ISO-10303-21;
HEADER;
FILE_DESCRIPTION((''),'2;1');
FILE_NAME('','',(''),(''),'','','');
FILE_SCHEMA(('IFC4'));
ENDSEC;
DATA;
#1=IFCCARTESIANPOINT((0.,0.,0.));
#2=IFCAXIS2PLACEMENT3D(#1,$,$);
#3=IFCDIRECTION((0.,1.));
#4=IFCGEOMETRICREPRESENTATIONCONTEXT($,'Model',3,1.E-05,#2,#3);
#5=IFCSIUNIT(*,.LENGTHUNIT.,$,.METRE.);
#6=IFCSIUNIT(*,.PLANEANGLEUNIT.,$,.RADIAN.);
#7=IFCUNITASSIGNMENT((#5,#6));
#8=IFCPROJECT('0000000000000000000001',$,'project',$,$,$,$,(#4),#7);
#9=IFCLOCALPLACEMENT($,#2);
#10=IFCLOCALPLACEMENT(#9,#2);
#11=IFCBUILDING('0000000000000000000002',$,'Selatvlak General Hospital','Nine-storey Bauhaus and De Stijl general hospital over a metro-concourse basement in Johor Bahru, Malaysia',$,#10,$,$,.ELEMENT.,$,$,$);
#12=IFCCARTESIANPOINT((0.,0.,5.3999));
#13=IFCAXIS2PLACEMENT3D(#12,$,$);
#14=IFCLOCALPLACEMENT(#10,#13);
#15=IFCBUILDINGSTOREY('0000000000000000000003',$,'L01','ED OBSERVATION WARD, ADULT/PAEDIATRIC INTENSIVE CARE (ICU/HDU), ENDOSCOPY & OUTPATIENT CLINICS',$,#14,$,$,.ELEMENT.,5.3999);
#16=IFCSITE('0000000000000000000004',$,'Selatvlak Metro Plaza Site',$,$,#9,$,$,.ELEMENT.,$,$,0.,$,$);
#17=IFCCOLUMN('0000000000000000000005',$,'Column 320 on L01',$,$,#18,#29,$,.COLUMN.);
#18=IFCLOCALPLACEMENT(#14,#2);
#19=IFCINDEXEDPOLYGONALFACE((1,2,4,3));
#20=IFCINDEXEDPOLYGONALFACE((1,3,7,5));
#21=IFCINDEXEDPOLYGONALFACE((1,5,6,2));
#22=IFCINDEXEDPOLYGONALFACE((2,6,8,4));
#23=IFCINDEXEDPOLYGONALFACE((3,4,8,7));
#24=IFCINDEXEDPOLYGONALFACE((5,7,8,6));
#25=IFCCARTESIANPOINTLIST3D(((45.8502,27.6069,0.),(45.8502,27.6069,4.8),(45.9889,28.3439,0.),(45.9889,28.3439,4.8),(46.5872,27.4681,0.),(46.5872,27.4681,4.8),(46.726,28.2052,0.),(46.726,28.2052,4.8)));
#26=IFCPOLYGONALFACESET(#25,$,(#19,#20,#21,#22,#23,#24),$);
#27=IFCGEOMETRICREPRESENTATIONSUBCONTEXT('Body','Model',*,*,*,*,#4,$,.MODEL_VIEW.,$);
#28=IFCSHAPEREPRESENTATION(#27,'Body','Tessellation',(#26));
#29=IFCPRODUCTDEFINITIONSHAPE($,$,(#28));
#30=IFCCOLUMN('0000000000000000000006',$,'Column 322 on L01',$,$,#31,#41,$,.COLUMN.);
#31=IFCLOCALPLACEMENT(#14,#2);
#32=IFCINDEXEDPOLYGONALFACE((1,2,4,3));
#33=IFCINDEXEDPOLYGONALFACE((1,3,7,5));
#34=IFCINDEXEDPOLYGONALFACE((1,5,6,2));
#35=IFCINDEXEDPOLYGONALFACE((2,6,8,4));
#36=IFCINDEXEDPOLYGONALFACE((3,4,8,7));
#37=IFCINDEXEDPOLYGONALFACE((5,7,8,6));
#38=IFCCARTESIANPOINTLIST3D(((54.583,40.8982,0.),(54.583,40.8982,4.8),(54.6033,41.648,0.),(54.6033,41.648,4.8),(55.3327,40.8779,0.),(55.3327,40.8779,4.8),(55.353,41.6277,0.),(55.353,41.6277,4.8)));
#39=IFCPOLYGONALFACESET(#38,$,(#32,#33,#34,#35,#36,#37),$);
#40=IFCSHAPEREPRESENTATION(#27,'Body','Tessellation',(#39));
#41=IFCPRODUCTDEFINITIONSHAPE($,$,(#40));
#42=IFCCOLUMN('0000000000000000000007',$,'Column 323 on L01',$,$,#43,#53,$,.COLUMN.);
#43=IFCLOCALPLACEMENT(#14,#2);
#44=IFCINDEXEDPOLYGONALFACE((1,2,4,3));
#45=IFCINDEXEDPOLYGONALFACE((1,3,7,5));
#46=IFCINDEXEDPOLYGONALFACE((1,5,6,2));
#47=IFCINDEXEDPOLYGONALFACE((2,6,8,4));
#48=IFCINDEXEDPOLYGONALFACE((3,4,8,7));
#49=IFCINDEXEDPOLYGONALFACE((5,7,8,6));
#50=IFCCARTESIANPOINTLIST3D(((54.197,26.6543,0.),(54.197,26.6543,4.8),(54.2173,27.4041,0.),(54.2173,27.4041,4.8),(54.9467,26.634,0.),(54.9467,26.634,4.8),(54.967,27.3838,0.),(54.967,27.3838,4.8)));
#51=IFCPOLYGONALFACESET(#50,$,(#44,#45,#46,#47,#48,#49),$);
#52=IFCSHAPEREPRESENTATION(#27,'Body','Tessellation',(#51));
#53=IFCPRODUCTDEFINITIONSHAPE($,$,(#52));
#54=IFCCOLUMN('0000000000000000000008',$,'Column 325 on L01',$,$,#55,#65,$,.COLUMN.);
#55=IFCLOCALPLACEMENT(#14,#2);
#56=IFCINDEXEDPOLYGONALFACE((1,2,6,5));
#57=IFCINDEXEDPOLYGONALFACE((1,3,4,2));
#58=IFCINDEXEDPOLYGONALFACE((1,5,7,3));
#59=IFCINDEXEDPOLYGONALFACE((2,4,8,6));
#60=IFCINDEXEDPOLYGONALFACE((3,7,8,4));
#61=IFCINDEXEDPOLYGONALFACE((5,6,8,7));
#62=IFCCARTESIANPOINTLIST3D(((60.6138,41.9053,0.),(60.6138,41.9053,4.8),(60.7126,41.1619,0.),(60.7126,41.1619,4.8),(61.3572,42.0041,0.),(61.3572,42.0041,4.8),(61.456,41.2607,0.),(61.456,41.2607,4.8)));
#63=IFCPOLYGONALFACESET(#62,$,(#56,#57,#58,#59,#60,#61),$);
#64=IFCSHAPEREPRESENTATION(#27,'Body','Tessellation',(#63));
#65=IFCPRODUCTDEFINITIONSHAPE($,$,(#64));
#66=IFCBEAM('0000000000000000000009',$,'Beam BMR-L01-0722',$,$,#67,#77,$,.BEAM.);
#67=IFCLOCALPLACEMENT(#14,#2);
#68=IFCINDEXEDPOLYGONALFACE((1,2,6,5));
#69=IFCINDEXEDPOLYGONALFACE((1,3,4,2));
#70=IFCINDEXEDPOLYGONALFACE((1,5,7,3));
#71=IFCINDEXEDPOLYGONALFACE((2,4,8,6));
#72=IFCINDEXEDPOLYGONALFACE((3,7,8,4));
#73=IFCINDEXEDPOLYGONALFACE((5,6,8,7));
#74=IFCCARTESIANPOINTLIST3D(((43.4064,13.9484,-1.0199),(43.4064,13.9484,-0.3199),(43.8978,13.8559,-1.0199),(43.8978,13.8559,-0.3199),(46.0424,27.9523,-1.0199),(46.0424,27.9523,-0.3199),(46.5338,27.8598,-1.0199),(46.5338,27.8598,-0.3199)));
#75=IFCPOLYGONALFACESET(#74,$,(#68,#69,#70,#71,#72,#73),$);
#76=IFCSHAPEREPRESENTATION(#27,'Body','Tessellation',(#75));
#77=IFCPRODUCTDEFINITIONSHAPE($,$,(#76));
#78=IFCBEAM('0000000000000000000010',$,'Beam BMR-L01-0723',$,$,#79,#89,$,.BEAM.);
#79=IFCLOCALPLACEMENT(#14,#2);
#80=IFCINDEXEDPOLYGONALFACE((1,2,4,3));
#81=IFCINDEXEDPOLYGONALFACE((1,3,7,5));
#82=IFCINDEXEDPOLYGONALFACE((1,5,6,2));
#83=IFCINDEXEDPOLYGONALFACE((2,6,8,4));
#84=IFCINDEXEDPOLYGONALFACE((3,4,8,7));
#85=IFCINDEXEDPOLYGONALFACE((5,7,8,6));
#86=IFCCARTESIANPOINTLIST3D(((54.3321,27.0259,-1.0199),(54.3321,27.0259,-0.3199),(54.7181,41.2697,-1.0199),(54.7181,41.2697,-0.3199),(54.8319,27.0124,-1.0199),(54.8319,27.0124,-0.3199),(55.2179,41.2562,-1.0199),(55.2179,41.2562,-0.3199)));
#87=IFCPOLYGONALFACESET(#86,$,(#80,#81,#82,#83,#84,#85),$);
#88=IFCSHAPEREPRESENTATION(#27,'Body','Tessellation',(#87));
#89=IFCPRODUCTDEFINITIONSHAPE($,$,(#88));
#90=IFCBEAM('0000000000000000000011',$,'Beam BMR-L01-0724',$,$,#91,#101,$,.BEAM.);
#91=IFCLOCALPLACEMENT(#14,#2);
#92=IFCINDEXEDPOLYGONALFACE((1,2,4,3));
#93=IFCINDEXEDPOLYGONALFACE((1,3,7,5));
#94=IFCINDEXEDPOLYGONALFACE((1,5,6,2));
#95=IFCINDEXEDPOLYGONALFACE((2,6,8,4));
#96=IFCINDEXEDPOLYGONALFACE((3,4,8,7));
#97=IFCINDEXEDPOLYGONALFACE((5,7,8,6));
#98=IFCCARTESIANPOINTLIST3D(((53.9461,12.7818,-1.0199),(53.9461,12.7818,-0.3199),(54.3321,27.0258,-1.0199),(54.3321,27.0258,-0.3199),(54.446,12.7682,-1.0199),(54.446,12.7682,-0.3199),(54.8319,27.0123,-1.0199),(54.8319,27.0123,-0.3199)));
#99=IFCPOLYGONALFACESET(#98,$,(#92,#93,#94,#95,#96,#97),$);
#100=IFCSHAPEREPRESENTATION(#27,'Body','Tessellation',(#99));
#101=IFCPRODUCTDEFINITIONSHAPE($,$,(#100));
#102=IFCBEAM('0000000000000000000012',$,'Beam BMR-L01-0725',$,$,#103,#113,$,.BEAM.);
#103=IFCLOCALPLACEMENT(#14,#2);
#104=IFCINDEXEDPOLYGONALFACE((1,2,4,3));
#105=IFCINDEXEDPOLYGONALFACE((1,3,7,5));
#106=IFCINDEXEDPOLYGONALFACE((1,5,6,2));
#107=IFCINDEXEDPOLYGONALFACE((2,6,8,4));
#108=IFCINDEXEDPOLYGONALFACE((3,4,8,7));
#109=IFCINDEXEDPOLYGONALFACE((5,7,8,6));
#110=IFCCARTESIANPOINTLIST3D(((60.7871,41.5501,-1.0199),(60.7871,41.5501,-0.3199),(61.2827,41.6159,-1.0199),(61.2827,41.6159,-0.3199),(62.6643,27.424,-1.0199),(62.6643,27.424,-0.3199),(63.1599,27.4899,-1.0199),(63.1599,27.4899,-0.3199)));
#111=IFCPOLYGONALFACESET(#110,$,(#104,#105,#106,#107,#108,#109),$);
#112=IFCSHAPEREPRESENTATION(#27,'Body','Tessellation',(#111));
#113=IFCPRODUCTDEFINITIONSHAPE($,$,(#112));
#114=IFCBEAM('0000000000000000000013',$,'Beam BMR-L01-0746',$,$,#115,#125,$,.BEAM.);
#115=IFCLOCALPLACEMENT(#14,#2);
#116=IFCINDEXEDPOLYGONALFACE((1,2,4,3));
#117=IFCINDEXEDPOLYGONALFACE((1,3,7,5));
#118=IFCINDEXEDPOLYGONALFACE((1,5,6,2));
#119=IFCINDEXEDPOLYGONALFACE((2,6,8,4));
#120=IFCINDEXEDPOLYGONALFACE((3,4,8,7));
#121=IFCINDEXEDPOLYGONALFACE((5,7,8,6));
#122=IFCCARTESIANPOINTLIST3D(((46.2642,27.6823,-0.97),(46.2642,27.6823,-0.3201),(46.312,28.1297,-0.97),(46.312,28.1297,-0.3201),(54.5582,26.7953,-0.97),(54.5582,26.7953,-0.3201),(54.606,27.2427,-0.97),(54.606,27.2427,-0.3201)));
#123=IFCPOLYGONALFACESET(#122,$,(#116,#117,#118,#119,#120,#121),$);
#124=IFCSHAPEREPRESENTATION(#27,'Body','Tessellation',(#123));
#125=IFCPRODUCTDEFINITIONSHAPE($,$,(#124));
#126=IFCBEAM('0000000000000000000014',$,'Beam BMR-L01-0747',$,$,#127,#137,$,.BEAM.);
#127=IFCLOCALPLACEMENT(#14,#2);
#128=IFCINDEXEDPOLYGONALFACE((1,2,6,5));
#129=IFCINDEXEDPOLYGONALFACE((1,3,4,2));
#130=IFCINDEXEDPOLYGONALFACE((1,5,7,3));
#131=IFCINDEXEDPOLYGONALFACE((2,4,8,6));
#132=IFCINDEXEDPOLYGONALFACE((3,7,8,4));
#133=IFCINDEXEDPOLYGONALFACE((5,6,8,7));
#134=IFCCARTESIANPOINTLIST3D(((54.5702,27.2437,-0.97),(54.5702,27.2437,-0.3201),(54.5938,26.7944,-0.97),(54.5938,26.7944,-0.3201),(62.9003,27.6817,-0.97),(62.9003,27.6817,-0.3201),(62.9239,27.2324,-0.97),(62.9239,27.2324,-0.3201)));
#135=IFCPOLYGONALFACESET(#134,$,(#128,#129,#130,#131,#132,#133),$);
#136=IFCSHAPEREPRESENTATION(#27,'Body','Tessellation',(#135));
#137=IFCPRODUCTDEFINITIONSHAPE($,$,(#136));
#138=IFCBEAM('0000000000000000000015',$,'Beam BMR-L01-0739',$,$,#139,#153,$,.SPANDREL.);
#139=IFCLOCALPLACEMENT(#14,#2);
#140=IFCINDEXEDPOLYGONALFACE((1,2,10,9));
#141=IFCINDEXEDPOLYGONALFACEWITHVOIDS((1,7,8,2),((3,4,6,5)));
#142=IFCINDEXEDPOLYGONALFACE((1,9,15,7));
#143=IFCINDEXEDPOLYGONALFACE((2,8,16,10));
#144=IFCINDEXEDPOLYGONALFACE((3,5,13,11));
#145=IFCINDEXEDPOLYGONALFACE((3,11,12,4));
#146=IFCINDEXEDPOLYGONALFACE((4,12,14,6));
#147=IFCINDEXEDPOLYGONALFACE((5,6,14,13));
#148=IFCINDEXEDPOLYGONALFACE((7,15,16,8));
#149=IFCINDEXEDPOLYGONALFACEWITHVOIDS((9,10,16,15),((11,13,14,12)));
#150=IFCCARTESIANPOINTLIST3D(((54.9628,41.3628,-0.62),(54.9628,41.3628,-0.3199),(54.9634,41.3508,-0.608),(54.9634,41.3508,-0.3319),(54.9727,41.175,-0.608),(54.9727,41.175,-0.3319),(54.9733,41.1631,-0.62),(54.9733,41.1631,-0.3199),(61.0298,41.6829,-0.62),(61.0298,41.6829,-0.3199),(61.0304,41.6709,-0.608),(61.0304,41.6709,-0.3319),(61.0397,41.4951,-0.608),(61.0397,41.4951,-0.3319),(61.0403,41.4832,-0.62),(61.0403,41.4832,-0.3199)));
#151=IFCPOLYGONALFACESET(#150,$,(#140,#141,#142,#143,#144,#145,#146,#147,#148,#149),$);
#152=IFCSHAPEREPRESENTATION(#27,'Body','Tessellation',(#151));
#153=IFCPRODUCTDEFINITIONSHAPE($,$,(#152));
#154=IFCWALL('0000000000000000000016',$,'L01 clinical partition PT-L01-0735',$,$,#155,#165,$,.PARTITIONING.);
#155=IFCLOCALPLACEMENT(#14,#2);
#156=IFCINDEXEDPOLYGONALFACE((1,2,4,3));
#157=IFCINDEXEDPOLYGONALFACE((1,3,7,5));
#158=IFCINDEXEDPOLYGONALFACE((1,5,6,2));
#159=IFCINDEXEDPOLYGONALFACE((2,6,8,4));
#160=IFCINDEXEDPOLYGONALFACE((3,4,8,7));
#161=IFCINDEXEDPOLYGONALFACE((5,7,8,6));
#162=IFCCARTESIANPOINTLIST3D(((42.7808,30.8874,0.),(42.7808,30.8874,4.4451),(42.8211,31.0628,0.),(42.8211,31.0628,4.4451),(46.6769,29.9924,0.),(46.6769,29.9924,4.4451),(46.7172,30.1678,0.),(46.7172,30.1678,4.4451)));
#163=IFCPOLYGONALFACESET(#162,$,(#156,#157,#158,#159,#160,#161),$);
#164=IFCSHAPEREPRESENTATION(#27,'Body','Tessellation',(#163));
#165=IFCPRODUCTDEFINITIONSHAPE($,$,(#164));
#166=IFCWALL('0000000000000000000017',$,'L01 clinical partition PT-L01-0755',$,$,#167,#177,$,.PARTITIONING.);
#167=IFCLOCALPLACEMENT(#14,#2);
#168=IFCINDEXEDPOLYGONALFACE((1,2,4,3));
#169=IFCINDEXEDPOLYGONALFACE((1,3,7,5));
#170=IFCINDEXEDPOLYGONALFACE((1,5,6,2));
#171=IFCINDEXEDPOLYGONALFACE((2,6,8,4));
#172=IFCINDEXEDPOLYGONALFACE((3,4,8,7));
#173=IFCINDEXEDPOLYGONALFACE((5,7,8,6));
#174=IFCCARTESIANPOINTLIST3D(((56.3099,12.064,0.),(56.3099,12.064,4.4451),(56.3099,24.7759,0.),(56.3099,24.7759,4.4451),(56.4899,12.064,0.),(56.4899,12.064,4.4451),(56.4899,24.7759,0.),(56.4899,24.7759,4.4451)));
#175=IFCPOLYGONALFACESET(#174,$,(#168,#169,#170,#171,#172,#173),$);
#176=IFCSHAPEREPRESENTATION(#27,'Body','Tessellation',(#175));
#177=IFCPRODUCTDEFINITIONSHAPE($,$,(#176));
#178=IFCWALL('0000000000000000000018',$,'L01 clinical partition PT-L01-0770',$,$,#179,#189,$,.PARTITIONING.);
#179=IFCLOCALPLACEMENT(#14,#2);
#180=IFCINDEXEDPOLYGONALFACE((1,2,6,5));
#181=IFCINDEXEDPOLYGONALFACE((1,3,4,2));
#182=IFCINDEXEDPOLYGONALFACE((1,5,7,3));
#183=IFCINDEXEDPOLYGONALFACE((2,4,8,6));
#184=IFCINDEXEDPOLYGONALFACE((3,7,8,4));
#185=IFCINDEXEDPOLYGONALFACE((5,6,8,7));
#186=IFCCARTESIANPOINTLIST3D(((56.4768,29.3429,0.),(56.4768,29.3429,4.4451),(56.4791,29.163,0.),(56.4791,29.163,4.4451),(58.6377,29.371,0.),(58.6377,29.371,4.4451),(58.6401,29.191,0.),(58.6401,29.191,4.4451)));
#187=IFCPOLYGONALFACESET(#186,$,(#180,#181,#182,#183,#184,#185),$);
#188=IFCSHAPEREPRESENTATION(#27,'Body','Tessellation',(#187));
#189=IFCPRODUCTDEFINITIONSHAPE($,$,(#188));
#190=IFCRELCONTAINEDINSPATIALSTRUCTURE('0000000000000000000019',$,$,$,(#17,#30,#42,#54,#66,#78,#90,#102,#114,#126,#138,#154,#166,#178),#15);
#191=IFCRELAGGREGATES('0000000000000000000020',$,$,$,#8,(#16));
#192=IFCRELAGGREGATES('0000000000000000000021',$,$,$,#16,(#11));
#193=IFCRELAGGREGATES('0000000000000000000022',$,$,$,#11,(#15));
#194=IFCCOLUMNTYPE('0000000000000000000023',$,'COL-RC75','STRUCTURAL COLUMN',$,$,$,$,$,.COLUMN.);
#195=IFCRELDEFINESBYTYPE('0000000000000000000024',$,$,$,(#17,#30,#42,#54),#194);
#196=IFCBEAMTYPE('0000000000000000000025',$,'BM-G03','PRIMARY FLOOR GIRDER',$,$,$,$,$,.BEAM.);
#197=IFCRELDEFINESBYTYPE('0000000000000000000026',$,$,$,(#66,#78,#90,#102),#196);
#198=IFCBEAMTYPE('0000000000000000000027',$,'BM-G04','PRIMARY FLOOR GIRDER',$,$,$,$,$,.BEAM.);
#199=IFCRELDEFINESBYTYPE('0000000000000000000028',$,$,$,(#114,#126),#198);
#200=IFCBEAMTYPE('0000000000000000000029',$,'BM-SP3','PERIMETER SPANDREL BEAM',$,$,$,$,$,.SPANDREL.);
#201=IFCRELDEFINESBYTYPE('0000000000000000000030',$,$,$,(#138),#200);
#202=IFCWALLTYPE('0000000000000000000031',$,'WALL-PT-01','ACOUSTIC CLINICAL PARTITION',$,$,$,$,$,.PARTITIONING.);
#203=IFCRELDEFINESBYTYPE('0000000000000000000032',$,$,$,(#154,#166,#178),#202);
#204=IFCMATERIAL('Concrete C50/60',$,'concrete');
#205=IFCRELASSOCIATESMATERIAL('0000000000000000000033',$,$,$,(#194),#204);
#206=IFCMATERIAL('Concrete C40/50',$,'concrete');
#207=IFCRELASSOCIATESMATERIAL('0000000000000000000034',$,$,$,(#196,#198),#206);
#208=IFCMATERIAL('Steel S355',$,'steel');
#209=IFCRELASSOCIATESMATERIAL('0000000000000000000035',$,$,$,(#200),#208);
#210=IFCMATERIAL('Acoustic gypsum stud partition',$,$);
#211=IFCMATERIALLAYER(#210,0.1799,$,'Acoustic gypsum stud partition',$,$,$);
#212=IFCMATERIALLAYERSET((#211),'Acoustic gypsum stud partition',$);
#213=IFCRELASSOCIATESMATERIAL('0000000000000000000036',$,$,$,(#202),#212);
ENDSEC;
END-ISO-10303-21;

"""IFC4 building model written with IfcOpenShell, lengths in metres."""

from ifc_helpers import new_model, si_unit, direction, frame, frame_2d, origin, origin_2d, place, context, subcontext, project, spatial, rectangle, hollow_rectangle, extrude, material, layer, layer_set, material_profile, profile_set, type_object, element, save


model = new_model("IFC4")

# Units and contexts
model_context = context("Model", 3, precision=1e-05, world=origin(), true_north=direction((0.0, 1.0)))
body_context = subcontext(model_context, "Body", "Model", "MODEL_VIEW")
ifc_project = project(units=[si_unit("LENGTHUNIT", "METRE"), si_unit("PLANEANGLEUNIT", "RADIAN")], contexts=[model_context])

# Site, building, storey
site_placement = place(None, origin())
site = spatial("IfcSite", under=ifc_project, at=site_placement, Name="Selatvlak Metro Plaza Site", CompositionType="ELEMENT", RefElevation=0.0)
building_placement = place(site_placement, origin())
building = spatial("IfcBuilding", under=site, at=building_placement, Name="Selatvlak General Hospital", Description="Nine-storey Bauhaus and De Stijl general hospital over a metro-concourse basement in Johor Bahru, Malaysia", CompositionType="ELEMENT")
storey_placement = place(building_placement, frame((0.0, 0.0, 5.3999)))
storey = spatial("IfcBuildingStorey", under=building, at=storey_placement, Name="L01", Description="ED OBSERVATION WARD, ADULT/PAEDIATRIC INTENSIVE CARE (ICU/HDU), ENDOSCOPY & OUTPATIENT CLINICS", CompositionType="ELEMENT", Elevation=5.3999)

# Columns
ifc_material_1 = material(Name="Concrete C50/60", Category="concrete")
ifc_material_profile_1 = material_profile(ifc_material_1, rectangle(XDim=0.75, YDim=0.75, at=origin_2d()), Name="RC-COL 750x750")
ifc_profile_set_1 = profile_set([ifc_material_profile_1], Name="Concrete C50/60")
column_type = type_object("IfcColumnType", Name="COL-RC75", Description="STRUCTURAL COLUMN", PredefinedType="COLUMN", material=ifc_profile_set_1)
for number, where, z_axis, x_axis, name in (
    (1, (46.2881, 27.906, 0.0), (0.0, 0.0, 1.0), (0.184998, 0.982739, 0.0), "Column 320 on L01"),
    (2, (54.968, 41.2629, 0.0), (0.0, 0.0, 1.0), (0.027067, 0.999634, 0.0), "Column 322 on L01"),
    (3, (54.582, 27.019, 0.0), (0.0, 0.0, 1.0), (0.027067, 0.999634, 0.0), "Column 323 on L01"),
    (4, (61.0349, 41.583, 0.0), (0.0, 0.0, 1.0), (-0.131737, 0.991285, 0.0), "Column 325 on L01"),
):
    element("IfcColumn", number, at=place(storey_placement, frame(where, z_axis=z_axis, x_axis=x_axis)), inside=storey, type_object=column_type, Name=name, PredefinedType="COLUMN", context=body_context, shape_type="SweptSolid", body=[
        extrude(rectangle(XDim=0.75, YDim=0.75, at=origin_2d()), origin(), (0.0, 0.0, 1.0), 4.8),
    ])

# Beams
ifc_material_2 = material(Name="Concrete C40/50", Category="concrete")
ifc_material_profile_2 = material_profile(ifc_material_2, rectangle(XDim=0.5, YDim=0.7, at=origin_2d()), Name="RC-BM 500x700")
ifc_profile_set_2 = profile_set([ifc_material_profile_2], Name="Concrete C40/50")
beam_type_1 = type_object("IfcBeamType", Name="BM-G03", Description="PRIMARY FLOOR GIRDER", PredefinedType="BEAM", material=ifc_profile_set_2)
beam_1_placement = place(storey_placement, frame((46.2881, 27.906, -0.6699), z_axis=(-0.184984, -0.982742, 0.0), x_axis=(0.982742, -0.184984, 0.0)))
element("IfcBeam", 5, at=beam_1_placement, inside=storey, type_object=beam_type_1, Name="Beam BMR-L01-0722", PredefinedType="BEAM", context=body_context, shape_type="SweptSolid", body=[
    extrude(rectangle(XDim=0.5, YDim=0.7, at=origin_2d()), origin(), (0.0, 0.0, 1.0), 14.2498),
])
beam_2_placement = place(storey_placement, frame((54.968, 41.2629, -0.6699), z_axis=(-0.027088, -0.999633, 0.0), x_axis=(0.999633, -0.027088, 0.0)))
element("IfcBeam", 6, at=beam_2_placement, inside=storey, type_object=beam_type_1, Name="Beam BMR-L01-0723", PredefinedType="BEAM", context=body_context, shape_type="SweptSolid", body=[
    extrude(rectangle(XDim=0.5, YDim=0.7, at=origin_2d()), origin(), (0.0, 0.0, 1.0), 14.249),
])
beam_3_placement = place(storey_placement, frame((54.582, 27.019, -0.6699), z_axis=(-0.027088, -0.999633, 0.0), x_axis=(0.999633, -0.027088, 0.0)))
element("IfcBeam", 7, at=beam_3_placement, inside=storey, type_object=beam_type_1, Name="Beam BMR-L01-0724", PredefinedType="BEAM", context=body_context, shape_type="SweptSolid", body=[
    extrude(rectangle(XDim=0.5, YDim=0.7, at=origin_2d()), origin(), (0.0, 0.0, 1.0), 14.2493),
])
beam_4_placement = place(storey_placement, frame((61.0349, 41.583, -0.6699), z_axis=(0.131732, -0.991285, 0.0), x_axis=(0.991285, 0.131732, 0.0)))
element("IfcBeam", 8, at=beam_4_placement, inside=storey, type_object=beam_type_1, Name="Beam BMR-L01-0725", PredefinedType="BEAM", context=body_context, shape_type="SweptSolid", body=[
    extrude(rectangle(XDim=0.5, YDim=0.7, at=origin_2d()), origin(), (0.0, 0.0, 1.0), 14.2502),
])
ifc_material_profile_3 = material_profile(ifc_material_2, rectangle(XDim=0.45, YDim=0.6499, at=origin_2d()), Name="RC-BM 450x650")
ifc_profile_set_3 = profile_set([ifc_material_profile_3], Name="Concrete C40/50")
beam_type_2 = type_object("IfcBeamType", Name="BM-G04", Description="PRIMARY FLOOR GIRDER", PredefinedType="BEAM", material=ifc_profile_set_3)
beam_5_placement = place(storey_placement, frame((46.2881, 27.906, -0.645), z_axis=(0.99433, -0.106335, 0.0), x_axis=(0.106335, 0.99433, 0.0)))
element("IfcBeam", 9, at=beam_5_placement, inside=storey, type_object=beam_type_2, Name="Beam BMR-L01-0746", PredefinedType="BEAM", context=body_context, shape_type="SweptSolid", body=[
    extrude(rectangle(XDim=0.45, YDim=0.6499, at=origin_2d()), origin(), (0.0, 0.0, 1.0), 8.3413),
])
beam_6_placement = place(storey_placement, frame((54.582, 27.019, -0.645), z_axis=(0.998621, 0.052507, 0.0), x_axis=(-0.052507, 0.998621, 0.0)))
element("IfcBeam", 10, at=beam_6_placement, inside=storey, type_object=beam_type_2, Name="Beam BMR-L01-0747", PredefinedType="BEAM", context=body_context, shape_type="SweptSolid", body=[
    extrude(rectangle(XDim=0.45, YDim=0.6499, at=origin_2d()), origin(), (0.0, 0.0, 1.0), 8.3416),
])
ifc_material_3 = material(Name="Steel S355", Category="steel")
ifc_material_profile_4 = material_profile(ifc_material_3, hollow_rectangle(XDim=0.2, YDim=0.3, WallThickness=0.012, at=origin_2d()), Name="RHS 300x200x12")
ifc_profile_set_4 = profile_set([ifc_material_profile_4], Name="Steel S355")
beam_type_3 = type_object("IfcBeamType", Name="BM-SP3", Description="PERIMETER SPANDREL BEAM", PredefinedType="SPANDREL", material=ifc_profile_set_4)
beam_7_placement = place(storey_placement, frame((54.968, 41.2629, -0.47), z_axis=(0.998611, 0.052683, 0.0), x_axis=(-0.052683, 0.998611, 0.0)))
element("IfcBeam", 11, at=beam_7_placement, inside=storey, type_object=beam_type_3, Name="Beam BMR-L01-0739", PredefinedType="SPANDREL", context=body_context, shape_type="SweptSolid", body=[
    extrude(hollow_rectangle(XDim=0.2, YDim=0.3, WallThickness=0.012, at=origin_2d()), origin(), (0.0, 0.0, 1.0), 6.0754),
])

# Walls
ifc_material_4 = material(Name="Acoustic gypsum stud partition")
ifc_layer_1 = layer(ifc_material_4, 0.1799, Name="Acoustic gypsum stud partition")
ifc_layer_set_1 = layer_set([ifc_layer_1], Name="Acoustic gypsum stud partition")
wall_type_1 = type_object("IfcWallType", Name="WALL-PT-01", Description="ACOUSTIC CLINICAL PARTITION", PredefinedType="PARTITIONING", material=ifc_layer_set_1)
wall_1_placement = place(storey_placement, frame((46.697, 30.0801, 0.0), z_axis=(0.0, 0.0, 1.0), x_axis=(-0.974613, 0.223896, 0.0)))
element("IfcWall", 12, at=wall_1_placement, inside=storey, type_object=wall_type_1, Name="L01 clinical partition PT-L01-0735", PredefinedType="PARTITIONING", context=body_context, shape_type="SweptSolid", body=[
    extrude(rectangle(XDim=3.9976, YDim=0.1799, at=frame_2d((1.9988, 0.0))), origin(), (0.0, 0.0, 1.0), 4.4451),
])
wall_2_placement = place(storey_placement, frame((56.3999, 24.7759, 0.0), z_axis=(0.0, 0.0, 1.0), x_axis=(0.0, -1.0, 0.0)))
element("IfcWall", 13, at=wall_2_placement, inside=storey, type_object=wall_type_1, Name="L01 clinical partition PT-L01-0755", PredefinedType="PARTITIONING", context=body_context, shape_type="SweptSolid", body=[
    extrude(rectangle(XDim=12.7119, YDim=0.1799, at=frame_2d((6.356, 0.0))), origin(), (0.0, 0.0, 1.0), 4.4451),
])
wall_3_placement = place(storey_placement, frame((58.6389, 29.281, 0.0), z_axis=(0.0, 0.0, 1.0), x_axis=(-0.999916, -0.012992, 0.0)))
element("IfcWall", 14, at=wall_3_placement, inside=storey, type_object=wall_type_1, Name="L01 clinical partition PT-L01-0770", PredefinedType="PARTITIONING", context=body_context, shape_type="SweptSolid", body=[
    extrude(rectangle(XDim=2.1611, YDim=0.1799, at=frame_2d((1.0806, 0.0))), origin(), (0.0, 0.0, 1.0), 4.4451),
])

save(model, "model.ifc")
